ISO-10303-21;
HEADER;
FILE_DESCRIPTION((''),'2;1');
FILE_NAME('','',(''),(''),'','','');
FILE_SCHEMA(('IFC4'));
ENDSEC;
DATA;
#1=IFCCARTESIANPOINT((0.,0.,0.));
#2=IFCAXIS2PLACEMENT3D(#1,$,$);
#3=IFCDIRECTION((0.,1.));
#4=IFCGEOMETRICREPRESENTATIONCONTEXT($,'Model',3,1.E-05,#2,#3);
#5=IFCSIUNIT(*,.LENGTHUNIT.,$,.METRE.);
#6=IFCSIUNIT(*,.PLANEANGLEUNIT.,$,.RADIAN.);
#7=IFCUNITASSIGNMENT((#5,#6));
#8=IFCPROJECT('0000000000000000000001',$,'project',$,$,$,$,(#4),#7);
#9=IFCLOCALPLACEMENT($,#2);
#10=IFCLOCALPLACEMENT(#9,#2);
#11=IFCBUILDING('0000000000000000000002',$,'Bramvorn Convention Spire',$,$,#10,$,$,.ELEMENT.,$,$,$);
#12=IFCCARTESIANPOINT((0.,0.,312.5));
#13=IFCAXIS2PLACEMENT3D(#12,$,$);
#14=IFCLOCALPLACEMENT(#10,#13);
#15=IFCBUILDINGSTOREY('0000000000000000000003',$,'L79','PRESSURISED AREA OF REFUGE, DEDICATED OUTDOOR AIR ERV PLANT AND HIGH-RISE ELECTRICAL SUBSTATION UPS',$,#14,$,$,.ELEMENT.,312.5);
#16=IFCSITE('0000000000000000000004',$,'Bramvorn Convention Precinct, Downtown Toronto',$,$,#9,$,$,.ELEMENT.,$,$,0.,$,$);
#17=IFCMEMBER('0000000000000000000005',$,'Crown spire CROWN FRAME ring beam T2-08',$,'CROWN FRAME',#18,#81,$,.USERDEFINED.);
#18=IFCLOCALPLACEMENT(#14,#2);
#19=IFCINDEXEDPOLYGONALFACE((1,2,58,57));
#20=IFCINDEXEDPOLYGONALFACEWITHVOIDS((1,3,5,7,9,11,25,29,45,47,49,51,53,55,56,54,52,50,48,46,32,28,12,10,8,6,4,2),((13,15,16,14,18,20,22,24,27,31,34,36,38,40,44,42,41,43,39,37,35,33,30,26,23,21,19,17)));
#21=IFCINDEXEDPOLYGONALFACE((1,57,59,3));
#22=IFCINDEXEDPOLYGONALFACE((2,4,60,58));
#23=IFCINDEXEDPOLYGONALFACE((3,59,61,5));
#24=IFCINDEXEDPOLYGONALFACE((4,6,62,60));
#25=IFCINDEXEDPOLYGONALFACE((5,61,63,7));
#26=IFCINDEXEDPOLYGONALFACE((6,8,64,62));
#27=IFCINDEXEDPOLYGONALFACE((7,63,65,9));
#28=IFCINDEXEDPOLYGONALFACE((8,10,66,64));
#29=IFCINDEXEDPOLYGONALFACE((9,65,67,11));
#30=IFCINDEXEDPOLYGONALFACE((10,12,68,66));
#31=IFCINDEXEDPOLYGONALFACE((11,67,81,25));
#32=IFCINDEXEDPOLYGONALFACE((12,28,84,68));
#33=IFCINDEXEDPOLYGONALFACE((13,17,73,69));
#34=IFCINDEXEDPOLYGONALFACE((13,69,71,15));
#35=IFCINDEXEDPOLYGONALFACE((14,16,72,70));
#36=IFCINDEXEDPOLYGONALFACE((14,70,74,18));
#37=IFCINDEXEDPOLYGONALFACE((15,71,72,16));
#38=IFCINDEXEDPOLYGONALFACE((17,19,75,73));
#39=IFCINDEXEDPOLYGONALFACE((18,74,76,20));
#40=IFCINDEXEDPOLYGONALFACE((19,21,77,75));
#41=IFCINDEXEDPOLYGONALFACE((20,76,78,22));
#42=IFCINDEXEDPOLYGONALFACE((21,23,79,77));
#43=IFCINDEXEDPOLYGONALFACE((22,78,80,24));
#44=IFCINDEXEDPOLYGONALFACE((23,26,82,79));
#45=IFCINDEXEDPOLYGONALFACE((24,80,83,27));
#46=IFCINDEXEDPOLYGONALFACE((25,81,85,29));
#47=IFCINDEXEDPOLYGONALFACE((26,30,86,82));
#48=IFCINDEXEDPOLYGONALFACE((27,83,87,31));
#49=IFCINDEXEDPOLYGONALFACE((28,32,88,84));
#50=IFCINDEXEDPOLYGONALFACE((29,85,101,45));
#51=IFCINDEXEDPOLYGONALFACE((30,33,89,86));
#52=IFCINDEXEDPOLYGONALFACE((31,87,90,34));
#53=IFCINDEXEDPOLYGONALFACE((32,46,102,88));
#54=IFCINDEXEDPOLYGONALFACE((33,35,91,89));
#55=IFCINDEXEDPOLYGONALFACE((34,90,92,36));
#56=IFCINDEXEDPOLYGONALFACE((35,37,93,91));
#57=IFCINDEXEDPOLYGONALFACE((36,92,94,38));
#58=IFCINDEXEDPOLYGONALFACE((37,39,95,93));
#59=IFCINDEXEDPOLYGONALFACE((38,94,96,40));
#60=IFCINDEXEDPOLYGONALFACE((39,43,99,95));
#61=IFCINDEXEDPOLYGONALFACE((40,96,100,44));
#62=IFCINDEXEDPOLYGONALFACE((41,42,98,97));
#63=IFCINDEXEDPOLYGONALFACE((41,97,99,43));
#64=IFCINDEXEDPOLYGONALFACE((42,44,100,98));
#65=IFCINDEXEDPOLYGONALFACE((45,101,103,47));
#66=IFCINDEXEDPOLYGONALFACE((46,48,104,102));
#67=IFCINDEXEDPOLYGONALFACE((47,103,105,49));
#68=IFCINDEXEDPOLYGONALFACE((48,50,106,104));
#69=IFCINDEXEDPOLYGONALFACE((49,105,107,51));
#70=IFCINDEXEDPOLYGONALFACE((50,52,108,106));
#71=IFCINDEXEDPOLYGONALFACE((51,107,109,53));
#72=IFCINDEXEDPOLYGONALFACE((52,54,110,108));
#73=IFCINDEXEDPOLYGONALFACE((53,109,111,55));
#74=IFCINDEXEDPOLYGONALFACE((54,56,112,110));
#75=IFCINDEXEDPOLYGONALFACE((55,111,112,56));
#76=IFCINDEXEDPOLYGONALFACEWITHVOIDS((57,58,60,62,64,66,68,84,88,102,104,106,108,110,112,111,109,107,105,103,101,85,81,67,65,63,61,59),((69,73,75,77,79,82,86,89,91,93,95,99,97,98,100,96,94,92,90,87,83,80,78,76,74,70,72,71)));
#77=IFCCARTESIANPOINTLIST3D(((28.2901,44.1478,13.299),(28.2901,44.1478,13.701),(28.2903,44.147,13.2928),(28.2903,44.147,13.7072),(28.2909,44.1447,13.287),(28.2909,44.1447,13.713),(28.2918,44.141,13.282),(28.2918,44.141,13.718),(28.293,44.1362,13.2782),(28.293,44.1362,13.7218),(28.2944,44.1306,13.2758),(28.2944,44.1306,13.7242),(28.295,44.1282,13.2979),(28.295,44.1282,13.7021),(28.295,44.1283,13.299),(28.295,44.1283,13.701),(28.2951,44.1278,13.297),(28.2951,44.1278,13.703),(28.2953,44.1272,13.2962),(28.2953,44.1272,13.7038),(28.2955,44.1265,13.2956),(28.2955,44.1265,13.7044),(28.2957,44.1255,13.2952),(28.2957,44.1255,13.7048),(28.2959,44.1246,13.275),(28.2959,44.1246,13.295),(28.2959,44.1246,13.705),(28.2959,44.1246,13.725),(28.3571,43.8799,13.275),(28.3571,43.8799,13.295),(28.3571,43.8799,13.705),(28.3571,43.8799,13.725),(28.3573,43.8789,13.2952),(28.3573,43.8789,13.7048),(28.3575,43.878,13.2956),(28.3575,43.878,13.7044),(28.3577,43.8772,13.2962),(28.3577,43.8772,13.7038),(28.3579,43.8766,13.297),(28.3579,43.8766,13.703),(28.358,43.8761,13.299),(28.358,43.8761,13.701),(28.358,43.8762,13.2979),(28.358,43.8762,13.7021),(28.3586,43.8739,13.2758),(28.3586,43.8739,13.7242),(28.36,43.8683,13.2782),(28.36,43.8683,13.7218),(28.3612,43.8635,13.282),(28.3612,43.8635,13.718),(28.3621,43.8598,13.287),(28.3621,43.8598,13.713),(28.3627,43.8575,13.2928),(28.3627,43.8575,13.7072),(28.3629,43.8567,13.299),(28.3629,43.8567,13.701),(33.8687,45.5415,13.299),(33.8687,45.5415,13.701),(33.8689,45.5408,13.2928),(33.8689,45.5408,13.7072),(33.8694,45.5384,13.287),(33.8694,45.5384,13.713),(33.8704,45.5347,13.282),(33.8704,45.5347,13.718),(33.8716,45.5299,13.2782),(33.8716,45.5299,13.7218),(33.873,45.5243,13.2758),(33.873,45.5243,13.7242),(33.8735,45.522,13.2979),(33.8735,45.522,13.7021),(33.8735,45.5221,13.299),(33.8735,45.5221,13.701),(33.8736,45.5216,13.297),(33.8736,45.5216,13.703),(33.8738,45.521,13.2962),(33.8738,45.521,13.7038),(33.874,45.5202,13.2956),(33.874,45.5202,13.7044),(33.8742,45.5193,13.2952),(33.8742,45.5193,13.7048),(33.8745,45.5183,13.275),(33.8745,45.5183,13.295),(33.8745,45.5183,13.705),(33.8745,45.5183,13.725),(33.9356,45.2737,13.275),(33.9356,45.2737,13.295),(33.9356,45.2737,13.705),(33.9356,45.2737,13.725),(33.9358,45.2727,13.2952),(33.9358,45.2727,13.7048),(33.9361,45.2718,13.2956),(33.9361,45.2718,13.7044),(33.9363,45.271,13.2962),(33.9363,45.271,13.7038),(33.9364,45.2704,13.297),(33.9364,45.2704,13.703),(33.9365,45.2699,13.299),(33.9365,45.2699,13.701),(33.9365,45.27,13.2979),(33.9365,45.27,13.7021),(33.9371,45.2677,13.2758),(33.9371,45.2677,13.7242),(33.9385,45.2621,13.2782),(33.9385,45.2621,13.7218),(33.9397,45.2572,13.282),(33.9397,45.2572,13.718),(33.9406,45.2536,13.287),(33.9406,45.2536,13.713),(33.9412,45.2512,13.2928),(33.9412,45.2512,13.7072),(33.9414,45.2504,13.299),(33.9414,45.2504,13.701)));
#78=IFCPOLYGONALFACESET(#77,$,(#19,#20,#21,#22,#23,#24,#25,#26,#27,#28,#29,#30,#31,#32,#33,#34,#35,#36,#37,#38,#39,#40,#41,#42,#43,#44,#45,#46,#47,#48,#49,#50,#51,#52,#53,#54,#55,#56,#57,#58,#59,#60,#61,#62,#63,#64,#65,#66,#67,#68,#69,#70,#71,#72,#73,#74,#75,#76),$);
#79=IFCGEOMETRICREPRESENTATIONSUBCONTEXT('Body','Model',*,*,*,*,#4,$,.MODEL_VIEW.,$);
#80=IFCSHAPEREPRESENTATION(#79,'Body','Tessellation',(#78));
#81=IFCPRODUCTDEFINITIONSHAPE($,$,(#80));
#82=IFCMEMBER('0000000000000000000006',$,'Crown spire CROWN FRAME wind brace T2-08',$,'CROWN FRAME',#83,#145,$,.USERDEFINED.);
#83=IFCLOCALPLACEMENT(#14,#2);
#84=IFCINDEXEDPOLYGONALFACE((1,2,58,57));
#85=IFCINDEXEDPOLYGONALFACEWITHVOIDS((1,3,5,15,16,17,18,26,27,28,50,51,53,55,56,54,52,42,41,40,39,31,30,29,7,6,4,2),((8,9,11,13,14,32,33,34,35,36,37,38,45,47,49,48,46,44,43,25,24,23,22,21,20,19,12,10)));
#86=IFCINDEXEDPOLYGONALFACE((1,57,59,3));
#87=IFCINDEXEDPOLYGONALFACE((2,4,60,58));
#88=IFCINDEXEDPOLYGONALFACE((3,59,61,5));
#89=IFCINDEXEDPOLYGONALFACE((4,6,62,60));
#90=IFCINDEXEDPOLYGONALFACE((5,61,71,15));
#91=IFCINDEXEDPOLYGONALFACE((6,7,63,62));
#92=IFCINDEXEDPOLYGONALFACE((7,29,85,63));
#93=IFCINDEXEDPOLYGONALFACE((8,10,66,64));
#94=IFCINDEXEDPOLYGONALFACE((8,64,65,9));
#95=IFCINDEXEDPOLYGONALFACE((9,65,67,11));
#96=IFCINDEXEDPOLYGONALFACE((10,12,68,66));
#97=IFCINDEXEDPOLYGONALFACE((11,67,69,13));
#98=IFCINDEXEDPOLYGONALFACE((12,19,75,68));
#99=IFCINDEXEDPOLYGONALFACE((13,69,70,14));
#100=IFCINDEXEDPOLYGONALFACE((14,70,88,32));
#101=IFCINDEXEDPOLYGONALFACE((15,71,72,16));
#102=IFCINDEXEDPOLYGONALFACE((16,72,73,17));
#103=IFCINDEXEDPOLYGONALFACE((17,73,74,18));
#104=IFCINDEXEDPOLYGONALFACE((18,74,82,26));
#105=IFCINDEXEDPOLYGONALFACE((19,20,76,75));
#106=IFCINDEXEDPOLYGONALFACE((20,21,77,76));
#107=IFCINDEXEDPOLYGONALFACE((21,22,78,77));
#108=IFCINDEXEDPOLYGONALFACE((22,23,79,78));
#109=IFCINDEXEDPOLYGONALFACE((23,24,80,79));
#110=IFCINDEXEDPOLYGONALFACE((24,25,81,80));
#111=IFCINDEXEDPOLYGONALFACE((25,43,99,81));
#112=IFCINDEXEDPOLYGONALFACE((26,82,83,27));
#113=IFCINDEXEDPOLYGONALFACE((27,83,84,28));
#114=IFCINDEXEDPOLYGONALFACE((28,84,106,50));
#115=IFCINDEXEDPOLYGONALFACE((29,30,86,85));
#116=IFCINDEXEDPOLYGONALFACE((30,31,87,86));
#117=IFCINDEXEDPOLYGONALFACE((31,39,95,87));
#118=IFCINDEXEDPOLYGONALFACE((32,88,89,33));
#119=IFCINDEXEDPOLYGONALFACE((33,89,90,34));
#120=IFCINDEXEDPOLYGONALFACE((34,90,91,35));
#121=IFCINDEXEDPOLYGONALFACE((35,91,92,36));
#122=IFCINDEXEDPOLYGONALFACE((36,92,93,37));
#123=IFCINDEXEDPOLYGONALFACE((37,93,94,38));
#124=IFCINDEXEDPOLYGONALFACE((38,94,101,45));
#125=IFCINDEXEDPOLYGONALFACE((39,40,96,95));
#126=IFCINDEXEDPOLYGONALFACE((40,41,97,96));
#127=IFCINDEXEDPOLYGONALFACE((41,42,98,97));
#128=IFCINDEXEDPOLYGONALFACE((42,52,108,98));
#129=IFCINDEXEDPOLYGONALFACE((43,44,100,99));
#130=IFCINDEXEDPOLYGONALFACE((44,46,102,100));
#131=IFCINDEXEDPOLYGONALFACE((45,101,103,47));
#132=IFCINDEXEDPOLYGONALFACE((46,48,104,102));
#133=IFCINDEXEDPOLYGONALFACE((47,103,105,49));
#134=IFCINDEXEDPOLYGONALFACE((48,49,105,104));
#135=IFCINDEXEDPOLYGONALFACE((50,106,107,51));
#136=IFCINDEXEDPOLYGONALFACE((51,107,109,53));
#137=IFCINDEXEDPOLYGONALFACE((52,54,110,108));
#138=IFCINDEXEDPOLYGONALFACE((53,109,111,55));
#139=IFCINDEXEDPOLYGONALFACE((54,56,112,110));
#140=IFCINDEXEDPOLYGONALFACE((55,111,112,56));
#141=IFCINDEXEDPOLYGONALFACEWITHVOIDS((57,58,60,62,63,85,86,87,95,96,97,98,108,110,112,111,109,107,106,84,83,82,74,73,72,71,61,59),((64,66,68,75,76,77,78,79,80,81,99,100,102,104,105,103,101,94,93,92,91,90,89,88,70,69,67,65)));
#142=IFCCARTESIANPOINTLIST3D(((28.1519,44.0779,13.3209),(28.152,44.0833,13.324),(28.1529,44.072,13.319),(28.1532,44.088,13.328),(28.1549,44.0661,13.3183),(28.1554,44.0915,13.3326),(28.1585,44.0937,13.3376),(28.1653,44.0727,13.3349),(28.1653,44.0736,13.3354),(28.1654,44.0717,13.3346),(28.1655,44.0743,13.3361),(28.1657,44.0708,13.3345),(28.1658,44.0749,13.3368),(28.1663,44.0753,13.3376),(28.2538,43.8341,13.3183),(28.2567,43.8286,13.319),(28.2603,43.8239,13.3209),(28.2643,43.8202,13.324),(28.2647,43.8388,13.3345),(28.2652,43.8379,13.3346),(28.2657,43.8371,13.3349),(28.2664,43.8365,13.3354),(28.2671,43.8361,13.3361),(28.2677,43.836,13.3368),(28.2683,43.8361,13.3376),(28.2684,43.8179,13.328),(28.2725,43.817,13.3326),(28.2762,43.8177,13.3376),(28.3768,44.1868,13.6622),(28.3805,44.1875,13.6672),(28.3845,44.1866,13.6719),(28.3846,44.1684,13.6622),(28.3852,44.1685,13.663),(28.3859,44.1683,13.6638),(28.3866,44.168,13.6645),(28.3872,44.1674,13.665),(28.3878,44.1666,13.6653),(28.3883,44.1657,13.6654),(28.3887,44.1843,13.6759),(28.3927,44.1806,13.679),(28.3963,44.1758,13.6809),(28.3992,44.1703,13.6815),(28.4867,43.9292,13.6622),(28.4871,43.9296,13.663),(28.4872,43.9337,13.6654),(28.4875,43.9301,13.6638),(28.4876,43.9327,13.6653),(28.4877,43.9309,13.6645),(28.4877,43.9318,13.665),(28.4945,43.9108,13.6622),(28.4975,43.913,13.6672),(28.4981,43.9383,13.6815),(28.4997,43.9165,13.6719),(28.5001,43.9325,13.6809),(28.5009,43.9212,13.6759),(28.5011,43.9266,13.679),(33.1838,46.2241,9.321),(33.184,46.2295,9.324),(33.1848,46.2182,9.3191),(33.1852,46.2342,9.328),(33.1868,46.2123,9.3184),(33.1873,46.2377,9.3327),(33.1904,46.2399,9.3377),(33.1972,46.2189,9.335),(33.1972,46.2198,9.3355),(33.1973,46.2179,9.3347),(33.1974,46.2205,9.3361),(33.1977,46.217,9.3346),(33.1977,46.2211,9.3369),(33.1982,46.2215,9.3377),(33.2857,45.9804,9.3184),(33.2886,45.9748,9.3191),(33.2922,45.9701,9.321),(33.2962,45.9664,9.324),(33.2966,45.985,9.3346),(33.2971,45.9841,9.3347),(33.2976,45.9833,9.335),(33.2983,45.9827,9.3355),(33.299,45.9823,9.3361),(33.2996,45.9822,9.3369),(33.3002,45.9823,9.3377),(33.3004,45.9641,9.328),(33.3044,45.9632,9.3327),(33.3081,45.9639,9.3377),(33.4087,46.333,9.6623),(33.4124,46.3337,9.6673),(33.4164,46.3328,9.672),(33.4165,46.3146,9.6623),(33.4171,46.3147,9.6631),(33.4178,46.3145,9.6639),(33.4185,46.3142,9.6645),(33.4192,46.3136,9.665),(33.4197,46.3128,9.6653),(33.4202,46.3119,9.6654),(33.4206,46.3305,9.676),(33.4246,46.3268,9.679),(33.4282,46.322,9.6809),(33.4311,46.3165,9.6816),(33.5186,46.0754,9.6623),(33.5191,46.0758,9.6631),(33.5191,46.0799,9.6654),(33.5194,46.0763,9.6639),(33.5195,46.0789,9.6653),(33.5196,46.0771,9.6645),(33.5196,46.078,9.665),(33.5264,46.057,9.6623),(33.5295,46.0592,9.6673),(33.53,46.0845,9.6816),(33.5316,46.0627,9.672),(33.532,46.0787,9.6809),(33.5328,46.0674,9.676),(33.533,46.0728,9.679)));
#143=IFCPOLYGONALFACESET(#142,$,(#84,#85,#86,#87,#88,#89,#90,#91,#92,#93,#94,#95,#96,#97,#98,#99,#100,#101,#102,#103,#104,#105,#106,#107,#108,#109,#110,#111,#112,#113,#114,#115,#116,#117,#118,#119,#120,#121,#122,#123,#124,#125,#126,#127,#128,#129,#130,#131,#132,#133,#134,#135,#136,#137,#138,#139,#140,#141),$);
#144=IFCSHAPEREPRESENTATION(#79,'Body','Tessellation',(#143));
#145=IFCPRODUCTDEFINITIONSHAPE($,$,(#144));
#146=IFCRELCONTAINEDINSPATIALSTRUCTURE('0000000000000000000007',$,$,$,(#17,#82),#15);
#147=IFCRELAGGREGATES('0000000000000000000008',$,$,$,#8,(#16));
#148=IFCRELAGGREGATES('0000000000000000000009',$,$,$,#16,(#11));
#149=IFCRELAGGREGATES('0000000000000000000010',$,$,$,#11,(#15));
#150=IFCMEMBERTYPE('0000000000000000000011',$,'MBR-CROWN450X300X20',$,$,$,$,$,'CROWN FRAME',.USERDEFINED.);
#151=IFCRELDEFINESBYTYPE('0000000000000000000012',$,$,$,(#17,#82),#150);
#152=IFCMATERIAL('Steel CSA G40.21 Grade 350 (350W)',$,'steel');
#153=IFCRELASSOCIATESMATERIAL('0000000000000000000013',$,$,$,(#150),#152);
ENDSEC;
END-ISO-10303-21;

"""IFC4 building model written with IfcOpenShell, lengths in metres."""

from ifc_helpers import new_model, si_unit, direction, frame, origin, origin_2d, place, context, subcontext, project, spatial, hollow_rectangle, extrude, material, material_profile, profile_set, type_object, element, save


model = new_model("IFC4")

# Units and contexts
model_context = context("Model", 3, precision=1e-05, world=origin(), true_north=direction((0.0, 1.0)))
body_context = subcontext(model_context, "Body", "Model", "MODEL_VIEW")
ifc_project = project(units=[si_unit("LENGTHUNIT", "METRE"), si_unit("PLANEANGLEUNIT", "RADIAN")], contexts=[model_context])

# Site, building, storey
site_placement = place(None, origin())
site = spatial("IfcSite", under=ifc_project, at=site_placement, Name="Bramvorn Convention Precinct, Downtown Toronto", CompositionType="ELEMENT", RefElevation=0.0)
building_placement = place(site_placement, origin())
building = spatial("IfcBuilding", under=site, at=building_placement, Name="Bramvorn Convention Spire", CompositionType="ELEMENT")
storey_placement = place(building_placement, frame((0.0, 0.0, 312.5)))
storey = spatial("IfcBuildingStorey", under=building, at=storey_placement, Name="L79", Description="PRESSURISED AREA OF REFUGE, DEDICATED OUTDOOR AIR ERV PLANT AND HIGH-RISE ELECTRICAL SUBSTATION UPS", CompositionType="ELEMENT", Elevation=312.5)

# Shared definitions
ifc_material_1 = material(Name="Steel CSA G40.21 Grade 350 (350W)", Category="steel")

# Members
ifc_material_profile_1 = material_profile(ifc_material_1, hollow_rectangle(XDim=0.3, YDim=0.45, WallThickness=0.02, InnerFilletRadius=0.0039, OuterFilletRadius=0.0239, at=origin_2d()))
ifc_profile_set_1 = profile_set([ifc_material_profile_1], Name="Steel CSA G40.21 Grade 350 (350W) - CROWN450X300X20")
member_type = type_object("IfcMemberType", Name="MBR-CROWN450X300X20", ElementType="CROWN FRAME", PredefinedType="USERDEFINED", material=ifc_profile_set_1)
member_1_placement = place(storey_placement, frame((33.905, 45.396, 13.5), z_axis=(-0.970177, -0.242396, 0.0), x_axis=(0.242396, -0.970177, 0.0)))
element("IfcMember", 1, at=member_1_placement, inside=storey, type_object=member_type, Name="Crown spire CROWN FRAME ring beam T2-08", ObjectType="CROWN FRAME", PredefinedType="USERDEFINED", context=body_context, shape_type="SweptSolid", body=[
    extrude(hollow_rectangle(XDim=0.3, YDim=0.45, WallThickness=0.02, InnerFilletRadius=0.0039, OuterFilletRadius=0.0239, at=origin_2d()), origin(), (0.0, 0.0, 1.0), 5.75),
])
member_2_placement = place(storey_placement, frame((33.3584, 46.1484, 9.5), z_axis=(-0.742513, -0.316697, 0.590235), x_axis=(0.392324, -0.919827, 0.0)))
element("IfcMember", 2, at=member_2_placement, inside=storey, type_object=member_type, Name="Crown spire CROWN FRAME wind brace T2-08", ObjectType="CROWN FRAME", PredefinedType="USERDEFINED", context=body_context, shape_type="SweptSolid", body=[
    extrude(hollow_rectangle(XDim=0.3, YDim=0.45, WallThickness=0.02, InnerFilletRadius=0.0039, OuterFilletRadius=0.0239, at=origin_2d()), origin(), (0.0, 0.0, 1.0), 6.7769),
])

save(model, "model.ifc")
